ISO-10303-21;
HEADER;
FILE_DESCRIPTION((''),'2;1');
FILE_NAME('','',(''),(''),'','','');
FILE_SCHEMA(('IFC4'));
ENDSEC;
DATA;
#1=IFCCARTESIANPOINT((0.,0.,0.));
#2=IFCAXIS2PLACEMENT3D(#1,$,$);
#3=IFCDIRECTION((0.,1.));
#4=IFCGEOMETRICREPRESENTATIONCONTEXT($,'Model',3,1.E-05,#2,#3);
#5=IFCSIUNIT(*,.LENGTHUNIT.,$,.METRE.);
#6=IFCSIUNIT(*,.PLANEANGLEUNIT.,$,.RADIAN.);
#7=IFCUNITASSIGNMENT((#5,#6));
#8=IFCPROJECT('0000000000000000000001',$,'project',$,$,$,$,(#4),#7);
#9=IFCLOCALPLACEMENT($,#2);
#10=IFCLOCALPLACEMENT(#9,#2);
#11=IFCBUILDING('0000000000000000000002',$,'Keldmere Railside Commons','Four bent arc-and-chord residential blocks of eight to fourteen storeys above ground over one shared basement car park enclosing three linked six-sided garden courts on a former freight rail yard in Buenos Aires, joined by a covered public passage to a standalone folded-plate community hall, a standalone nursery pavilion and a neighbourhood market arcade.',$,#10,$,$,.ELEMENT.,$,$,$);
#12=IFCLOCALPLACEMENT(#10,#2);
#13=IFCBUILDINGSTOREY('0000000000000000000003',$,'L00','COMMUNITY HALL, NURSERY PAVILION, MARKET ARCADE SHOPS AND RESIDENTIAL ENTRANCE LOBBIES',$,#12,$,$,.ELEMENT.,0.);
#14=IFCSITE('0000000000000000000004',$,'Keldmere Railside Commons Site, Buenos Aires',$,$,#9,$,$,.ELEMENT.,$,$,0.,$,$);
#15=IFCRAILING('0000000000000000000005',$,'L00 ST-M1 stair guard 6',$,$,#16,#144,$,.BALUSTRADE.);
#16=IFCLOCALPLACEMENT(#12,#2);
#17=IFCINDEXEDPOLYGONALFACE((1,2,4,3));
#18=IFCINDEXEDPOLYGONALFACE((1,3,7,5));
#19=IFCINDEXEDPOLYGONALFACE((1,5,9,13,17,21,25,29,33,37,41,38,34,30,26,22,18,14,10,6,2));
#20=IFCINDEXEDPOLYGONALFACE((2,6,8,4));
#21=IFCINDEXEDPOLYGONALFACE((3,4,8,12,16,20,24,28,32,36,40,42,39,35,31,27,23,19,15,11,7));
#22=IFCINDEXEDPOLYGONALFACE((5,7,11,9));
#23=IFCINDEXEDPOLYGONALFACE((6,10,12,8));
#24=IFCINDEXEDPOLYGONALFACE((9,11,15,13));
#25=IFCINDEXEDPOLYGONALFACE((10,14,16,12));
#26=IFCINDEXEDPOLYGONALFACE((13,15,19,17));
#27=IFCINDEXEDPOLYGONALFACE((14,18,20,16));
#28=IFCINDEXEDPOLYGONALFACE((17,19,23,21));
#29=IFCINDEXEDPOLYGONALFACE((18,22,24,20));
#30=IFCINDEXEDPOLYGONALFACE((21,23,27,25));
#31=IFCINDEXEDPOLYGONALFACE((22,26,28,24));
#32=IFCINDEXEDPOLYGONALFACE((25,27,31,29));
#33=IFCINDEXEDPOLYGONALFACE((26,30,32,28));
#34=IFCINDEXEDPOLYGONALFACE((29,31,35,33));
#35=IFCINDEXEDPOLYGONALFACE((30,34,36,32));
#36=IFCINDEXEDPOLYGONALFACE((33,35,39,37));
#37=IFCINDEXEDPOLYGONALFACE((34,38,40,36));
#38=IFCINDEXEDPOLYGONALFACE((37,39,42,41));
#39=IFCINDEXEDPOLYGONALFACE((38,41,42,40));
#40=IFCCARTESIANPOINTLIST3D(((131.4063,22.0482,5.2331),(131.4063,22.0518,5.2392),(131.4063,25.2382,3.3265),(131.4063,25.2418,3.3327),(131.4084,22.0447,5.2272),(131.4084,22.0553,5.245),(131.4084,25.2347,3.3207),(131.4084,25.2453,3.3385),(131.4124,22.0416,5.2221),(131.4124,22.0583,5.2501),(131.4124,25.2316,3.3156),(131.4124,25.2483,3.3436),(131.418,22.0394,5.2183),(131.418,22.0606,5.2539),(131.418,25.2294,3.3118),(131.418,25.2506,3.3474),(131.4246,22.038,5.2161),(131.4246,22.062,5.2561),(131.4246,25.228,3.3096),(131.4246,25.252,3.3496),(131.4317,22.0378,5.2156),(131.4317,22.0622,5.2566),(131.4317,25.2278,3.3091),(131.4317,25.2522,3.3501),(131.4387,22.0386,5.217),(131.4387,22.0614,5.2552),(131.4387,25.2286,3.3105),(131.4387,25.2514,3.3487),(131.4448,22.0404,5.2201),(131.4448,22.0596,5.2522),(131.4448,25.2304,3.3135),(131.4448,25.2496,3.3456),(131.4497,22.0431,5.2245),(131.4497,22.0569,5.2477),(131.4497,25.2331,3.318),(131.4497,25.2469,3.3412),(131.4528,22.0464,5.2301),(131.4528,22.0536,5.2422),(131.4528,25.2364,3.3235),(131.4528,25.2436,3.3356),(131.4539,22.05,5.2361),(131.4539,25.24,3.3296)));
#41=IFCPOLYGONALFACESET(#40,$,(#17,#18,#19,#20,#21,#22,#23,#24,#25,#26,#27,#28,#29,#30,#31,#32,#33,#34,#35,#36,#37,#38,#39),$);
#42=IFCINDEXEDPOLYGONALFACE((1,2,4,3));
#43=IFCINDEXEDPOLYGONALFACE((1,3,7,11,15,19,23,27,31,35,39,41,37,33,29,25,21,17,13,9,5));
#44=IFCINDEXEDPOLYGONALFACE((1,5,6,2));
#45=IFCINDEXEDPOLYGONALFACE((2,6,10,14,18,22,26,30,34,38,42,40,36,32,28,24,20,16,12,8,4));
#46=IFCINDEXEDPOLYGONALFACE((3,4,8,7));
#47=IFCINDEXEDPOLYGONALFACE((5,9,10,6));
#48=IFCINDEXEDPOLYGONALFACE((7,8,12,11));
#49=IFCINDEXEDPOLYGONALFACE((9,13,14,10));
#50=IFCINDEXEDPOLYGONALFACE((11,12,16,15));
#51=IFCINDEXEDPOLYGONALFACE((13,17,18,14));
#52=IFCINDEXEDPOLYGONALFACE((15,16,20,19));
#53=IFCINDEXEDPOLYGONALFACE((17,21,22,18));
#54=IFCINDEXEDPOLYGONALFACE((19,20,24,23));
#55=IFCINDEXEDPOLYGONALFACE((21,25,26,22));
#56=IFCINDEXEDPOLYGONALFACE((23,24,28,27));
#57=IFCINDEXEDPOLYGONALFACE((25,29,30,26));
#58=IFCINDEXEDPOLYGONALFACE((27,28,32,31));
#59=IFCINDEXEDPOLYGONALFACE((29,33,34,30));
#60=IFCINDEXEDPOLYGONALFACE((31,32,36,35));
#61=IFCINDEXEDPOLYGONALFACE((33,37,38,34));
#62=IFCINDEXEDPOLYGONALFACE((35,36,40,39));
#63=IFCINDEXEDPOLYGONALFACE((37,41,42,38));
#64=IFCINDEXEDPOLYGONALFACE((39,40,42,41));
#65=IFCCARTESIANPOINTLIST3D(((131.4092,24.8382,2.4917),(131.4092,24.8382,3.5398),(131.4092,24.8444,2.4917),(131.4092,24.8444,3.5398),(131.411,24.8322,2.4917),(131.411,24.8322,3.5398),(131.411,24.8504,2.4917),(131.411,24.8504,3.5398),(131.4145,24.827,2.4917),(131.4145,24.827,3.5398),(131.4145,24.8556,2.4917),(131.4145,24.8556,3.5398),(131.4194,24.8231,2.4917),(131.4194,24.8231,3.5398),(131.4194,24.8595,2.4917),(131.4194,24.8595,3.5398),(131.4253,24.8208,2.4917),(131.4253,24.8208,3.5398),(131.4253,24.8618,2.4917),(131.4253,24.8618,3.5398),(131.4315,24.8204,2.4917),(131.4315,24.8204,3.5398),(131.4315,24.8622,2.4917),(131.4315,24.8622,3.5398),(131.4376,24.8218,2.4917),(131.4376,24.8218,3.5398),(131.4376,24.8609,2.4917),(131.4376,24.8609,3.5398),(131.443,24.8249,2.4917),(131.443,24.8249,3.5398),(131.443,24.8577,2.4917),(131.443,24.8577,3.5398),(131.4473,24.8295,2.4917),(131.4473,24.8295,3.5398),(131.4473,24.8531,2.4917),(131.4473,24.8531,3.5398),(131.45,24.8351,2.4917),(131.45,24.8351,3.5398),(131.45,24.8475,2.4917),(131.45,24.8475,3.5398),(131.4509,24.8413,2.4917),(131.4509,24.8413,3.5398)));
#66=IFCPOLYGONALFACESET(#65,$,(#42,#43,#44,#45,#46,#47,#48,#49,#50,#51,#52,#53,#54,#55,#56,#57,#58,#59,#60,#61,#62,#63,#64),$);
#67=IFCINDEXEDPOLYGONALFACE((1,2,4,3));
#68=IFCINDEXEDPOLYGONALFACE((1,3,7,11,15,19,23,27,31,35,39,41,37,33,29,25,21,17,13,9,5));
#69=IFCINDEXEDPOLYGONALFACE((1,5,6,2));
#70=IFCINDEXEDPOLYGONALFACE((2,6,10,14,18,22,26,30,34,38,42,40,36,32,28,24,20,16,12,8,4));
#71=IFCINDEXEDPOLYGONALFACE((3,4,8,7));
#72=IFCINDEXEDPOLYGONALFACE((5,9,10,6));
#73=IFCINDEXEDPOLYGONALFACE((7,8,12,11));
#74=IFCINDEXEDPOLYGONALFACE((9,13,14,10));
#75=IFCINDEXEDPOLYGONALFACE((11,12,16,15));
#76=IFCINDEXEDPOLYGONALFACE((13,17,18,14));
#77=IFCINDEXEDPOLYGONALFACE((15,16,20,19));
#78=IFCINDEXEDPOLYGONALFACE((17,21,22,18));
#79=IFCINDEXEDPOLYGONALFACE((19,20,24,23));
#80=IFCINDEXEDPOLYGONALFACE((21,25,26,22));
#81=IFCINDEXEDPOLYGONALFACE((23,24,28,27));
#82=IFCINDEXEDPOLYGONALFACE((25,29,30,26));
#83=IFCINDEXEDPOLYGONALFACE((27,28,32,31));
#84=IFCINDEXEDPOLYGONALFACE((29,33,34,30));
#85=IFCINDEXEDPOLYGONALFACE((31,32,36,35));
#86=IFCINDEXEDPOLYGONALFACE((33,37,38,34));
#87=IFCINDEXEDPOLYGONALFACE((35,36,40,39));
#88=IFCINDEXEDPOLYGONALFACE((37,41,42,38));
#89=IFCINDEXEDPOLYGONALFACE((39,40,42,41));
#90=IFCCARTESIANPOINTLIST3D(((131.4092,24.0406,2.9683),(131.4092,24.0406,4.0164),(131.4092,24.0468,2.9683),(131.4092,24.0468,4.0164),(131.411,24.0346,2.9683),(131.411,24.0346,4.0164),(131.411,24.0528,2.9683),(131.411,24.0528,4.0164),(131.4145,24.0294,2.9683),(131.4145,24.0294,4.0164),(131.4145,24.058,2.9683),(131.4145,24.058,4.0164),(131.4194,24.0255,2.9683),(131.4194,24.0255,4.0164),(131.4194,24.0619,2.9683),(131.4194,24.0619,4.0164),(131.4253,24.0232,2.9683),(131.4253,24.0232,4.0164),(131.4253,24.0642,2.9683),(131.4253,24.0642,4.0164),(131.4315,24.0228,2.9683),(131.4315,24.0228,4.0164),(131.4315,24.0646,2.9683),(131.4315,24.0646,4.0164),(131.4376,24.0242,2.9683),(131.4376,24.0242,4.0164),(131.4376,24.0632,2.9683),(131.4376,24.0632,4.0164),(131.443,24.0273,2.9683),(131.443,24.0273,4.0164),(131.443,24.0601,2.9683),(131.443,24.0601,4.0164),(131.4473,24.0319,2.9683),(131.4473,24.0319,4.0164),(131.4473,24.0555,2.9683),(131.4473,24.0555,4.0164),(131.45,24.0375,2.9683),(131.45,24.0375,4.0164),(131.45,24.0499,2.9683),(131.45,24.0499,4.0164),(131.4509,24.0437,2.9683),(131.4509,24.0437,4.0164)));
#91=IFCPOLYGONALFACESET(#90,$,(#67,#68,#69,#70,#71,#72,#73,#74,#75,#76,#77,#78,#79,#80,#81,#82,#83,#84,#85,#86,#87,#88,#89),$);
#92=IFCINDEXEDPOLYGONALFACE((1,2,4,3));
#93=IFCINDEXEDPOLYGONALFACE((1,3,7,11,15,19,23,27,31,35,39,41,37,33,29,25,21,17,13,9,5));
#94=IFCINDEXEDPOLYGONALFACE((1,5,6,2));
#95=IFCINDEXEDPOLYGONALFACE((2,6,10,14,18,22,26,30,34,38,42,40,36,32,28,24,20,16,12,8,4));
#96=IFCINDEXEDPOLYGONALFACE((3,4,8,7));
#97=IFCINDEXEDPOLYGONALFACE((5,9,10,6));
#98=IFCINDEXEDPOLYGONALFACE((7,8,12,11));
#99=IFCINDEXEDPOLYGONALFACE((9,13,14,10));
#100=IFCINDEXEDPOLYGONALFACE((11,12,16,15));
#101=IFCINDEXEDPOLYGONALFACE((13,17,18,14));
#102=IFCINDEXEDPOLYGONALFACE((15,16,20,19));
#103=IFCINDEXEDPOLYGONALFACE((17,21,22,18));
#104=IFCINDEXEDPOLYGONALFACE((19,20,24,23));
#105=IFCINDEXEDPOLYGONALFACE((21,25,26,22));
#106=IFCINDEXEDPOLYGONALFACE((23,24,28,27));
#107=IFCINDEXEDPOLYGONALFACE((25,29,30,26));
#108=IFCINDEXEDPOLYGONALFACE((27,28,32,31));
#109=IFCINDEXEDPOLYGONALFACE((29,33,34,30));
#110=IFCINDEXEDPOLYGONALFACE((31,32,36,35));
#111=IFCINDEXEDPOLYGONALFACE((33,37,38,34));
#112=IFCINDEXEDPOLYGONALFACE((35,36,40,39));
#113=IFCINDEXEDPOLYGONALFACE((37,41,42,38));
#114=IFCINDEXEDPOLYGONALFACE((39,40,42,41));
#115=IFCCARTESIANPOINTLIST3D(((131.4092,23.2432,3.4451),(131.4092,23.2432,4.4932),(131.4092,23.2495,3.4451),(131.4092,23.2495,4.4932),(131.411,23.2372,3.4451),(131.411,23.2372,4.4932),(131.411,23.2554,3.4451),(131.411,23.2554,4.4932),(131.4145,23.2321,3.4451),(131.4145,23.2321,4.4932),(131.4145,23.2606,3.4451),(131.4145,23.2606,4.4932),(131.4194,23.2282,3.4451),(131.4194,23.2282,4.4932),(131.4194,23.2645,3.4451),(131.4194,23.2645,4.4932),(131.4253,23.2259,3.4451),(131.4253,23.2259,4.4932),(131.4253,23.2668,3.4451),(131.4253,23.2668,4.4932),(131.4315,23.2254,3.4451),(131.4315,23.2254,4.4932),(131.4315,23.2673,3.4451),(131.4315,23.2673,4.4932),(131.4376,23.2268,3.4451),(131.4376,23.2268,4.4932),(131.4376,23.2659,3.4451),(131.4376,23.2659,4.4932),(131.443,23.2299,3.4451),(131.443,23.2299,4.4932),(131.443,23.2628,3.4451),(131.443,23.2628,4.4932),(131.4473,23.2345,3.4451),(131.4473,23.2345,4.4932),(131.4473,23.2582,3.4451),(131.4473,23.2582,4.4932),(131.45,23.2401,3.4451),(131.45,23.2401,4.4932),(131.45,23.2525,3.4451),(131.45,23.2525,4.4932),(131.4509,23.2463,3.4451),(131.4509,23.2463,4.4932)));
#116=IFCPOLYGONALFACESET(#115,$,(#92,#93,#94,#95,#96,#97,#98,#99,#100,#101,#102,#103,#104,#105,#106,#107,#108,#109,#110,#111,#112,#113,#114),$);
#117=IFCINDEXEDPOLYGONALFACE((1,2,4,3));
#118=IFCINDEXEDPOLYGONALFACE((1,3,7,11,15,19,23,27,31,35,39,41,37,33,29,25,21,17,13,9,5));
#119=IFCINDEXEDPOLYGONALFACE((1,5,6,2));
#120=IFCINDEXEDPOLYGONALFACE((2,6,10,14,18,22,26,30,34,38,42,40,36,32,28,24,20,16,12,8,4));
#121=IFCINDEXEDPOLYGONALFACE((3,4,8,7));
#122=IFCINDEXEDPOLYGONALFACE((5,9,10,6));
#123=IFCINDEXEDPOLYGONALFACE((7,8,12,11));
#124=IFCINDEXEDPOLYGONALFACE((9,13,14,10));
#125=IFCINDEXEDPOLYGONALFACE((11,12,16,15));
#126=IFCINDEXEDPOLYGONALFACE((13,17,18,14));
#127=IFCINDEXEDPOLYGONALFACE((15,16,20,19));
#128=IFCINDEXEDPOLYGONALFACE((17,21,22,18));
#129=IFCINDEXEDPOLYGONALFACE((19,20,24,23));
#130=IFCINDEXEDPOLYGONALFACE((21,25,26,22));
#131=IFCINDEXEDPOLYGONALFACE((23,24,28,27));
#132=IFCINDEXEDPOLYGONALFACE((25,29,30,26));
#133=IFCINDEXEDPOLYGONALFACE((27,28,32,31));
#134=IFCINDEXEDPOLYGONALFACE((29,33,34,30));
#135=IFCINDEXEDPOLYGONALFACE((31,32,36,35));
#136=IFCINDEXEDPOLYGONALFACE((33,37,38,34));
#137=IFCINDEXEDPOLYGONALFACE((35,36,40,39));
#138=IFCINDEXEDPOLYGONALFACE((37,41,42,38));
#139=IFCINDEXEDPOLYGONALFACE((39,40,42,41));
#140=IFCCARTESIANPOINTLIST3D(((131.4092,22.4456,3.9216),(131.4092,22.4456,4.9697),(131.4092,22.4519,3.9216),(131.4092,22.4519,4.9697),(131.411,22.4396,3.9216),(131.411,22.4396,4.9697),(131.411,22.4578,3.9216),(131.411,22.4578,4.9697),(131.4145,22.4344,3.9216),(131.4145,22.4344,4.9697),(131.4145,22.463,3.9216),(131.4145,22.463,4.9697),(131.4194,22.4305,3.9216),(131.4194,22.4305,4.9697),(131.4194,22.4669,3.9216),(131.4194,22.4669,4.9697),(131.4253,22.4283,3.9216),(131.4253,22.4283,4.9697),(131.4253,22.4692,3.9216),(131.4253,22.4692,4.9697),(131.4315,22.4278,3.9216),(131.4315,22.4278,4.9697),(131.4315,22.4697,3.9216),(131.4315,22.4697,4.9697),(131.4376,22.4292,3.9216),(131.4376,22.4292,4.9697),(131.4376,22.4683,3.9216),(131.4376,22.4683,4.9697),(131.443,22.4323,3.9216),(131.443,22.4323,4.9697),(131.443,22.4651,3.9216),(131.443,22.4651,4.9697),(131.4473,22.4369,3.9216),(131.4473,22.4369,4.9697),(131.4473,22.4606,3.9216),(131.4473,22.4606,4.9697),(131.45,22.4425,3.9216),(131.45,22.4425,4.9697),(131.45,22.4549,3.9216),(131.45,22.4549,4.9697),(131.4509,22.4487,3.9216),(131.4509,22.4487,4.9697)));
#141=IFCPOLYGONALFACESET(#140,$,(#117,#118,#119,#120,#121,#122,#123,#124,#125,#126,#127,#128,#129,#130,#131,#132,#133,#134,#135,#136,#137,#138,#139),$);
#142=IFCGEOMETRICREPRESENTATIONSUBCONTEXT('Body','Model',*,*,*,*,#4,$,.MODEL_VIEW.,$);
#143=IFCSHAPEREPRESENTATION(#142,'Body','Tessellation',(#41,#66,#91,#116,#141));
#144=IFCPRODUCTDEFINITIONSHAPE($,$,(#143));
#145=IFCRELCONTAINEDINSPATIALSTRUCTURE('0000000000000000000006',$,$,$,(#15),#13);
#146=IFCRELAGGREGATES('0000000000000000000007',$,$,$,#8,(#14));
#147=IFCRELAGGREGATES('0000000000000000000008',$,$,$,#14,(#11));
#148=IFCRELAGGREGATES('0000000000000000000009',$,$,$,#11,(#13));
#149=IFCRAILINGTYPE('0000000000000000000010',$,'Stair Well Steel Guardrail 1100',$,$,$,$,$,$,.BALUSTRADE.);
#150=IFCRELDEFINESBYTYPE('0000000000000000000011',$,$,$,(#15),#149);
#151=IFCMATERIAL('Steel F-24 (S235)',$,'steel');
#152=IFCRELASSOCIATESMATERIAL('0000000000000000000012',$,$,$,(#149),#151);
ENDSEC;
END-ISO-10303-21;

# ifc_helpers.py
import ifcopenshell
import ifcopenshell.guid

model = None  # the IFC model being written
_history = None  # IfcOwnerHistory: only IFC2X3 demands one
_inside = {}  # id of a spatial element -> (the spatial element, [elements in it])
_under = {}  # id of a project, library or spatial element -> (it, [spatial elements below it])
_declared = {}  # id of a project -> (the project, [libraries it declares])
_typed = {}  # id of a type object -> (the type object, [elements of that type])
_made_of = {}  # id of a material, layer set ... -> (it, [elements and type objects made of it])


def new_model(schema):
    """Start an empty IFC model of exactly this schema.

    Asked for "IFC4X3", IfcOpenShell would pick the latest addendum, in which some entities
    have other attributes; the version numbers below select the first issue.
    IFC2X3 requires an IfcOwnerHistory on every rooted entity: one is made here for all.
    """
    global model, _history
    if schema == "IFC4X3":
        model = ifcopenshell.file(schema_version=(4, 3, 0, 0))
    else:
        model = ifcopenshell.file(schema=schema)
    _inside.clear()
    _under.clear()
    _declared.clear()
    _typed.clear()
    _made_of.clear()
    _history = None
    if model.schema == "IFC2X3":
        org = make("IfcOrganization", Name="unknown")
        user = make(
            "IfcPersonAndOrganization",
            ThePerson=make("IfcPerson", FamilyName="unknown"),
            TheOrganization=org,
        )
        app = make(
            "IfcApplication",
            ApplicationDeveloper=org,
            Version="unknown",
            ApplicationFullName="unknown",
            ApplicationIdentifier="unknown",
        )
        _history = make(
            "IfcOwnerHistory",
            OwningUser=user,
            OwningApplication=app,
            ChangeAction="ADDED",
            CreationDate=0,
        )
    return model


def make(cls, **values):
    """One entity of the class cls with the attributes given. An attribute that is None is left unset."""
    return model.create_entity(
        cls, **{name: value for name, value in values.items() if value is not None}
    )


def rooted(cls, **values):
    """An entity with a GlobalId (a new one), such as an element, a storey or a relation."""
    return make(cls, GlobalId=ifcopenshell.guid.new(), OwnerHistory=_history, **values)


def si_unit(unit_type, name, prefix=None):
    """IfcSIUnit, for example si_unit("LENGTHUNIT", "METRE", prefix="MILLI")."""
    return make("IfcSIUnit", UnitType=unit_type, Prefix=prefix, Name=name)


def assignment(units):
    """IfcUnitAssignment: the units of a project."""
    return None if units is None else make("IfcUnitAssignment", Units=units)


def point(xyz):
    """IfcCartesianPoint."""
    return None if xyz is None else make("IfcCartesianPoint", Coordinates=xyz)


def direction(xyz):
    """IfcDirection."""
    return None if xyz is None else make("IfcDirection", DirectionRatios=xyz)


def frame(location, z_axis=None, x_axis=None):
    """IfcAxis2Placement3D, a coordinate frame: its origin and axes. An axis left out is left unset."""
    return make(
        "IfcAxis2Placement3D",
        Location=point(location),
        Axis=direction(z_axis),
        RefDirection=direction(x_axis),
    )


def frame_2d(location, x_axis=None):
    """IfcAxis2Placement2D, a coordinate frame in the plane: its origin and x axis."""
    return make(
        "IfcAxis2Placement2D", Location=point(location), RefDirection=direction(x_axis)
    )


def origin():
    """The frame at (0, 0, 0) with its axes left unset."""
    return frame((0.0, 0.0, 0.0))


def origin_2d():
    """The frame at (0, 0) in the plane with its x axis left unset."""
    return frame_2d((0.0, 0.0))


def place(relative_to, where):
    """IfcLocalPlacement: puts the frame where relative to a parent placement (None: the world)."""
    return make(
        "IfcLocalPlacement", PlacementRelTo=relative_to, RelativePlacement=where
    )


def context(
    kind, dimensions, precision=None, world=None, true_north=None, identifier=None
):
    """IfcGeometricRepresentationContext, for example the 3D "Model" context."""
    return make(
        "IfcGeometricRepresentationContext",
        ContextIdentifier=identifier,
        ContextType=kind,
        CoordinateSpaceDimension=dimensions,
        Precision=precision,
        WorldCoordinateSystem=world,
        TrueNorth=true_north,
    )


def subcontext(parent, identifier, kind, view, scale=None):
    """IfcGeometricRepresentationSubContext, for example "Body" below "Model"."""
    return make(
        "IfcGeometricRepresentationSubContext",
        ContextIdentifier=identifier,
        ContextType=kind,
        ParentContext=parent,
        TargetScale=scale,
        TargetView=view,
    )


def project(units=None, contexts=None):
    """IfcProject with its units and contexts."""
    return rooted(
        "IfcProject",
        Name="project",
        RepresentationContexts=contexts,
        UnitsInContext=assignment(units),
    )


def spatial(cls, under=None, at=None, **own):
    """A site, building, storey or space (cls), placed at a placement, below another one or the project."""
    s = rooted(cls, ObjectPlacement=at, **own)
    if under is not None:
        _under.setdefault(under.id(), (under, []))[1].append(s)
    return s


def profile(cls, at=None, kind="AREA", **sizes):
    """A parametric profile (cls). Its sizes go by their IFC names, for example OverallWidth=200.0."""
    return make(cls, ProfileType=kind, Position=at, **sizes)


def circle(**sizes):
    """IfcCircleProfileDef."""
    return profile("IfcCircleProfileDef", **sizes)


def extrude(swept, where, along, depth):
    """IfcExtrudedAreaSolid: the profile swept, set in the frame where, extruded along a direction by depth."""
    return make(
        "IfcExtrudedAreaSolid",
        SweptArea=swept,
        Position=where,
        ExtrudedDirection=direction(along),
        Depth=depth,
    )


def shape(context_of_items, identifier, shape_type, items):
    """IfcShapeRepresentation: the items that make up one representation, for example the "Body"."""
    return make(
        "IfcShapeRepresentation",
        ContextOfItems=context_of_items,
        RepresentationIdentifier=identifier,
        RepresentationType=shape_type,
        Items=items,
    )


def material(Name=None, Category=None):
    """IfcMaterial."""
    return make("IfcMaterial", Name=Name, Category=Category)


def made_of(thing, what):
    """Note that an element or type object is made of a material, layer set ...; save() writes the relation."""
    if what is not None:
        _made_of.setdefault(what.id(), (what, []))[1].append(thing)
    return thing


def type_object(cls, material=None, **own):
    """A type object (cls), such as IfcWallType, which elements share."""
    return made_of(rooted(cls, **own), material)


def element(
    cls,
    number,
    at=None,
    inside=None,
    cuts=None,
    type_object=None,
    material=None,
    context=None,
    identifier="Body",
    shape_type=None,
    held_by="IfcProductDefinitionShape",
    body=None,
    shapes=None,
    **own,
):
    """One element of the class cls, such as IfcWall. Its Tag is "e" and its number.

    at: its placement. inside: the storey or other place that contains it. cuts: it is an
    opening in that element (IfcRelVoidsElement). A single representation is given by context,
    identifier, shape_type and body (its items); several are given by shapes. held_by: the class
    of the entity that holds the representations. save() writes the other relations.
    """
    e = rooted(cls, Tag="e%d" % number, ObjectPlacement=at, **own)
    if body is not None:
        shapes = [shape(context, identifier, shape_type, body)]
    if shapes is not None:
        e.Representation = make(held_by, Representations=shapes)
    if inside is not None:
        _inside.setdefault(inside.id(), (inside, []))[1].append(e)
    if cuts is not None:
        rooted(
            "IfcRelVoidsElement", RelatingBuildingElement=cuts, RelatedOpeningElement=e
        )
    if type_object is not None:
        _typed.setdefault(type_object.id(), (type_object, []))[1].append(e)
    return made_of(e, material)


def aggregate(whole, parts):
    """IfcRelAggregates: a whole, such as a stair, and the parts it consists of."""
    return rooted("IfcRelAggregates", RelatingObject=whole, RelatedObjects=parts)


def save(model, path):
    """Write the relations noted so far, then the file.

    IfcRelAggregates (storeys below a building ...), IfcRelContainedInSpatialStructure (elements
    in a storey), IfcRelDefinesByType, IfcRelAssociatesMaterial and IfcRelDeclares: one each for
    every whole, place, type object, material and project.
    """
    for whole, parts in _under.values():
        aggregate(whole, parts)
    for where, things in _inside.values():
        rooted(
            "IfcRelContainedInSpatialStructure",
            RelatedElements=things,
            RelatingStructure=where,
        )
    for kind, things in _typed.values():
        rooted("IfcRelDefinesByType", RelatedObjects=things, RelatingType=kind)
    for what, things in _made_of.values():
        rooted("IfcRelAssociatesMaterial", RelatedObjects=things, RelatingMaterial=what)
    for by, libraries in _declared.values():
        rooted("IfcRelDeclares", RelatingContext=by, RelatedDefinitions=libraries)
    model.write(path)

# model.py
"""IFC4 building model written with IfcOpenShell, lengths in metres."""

from ifc_helpers import new_model, si_unit, direction, frame, origin, origin_2d, place, context, subcontext, project, spatial, circle, extrude, material, type_object, element, save


model = new_model("IFC4")

# Units and contexts
model_context = context("Model", 3, precision=1e-05, world=origin(), true_north=direction((0.0, 1.0)))
body_context = subcontext(model_context, "Body", "Model", "MODEL_VIEW")
ifc_project = project(units=[si_unit("LENGTHUNIT", "METRE"), si_unit("PLANEANGLEUNIT", "RADIAN")], contexts=[model_context])

# Site, building, storey
site_placement = place(None, origin())
site = spatial("IfcSite", under=ifc_project, at=site_placement, Name="Keldmere Railside Commons Site, Buenos Aires", CompositionType="ELEMENT", RefElevation=0.0)
building_placement = place(site_placement, origin())
building = spatial("IfcBuilding", under=site, at=building_placement, Name="Keldmere Railside Commons", Description="Four bent arc-and-chord residential blocks of eight to fourteen storeys above ground over one shared basement car park enclosing three linked six-sided garden courts on a former freight rail yard in Buenos Aires, joined by a covered public passage to a standalone folded-plate community hall, a standalone nursery pavilion and a neighbourhood market arcade.", CompositionType="ELEMENT")
storey_placement = place(building_placement, origin())
storey = spatial("IfcBuildingStorey", under=building, at=storey_placement, Name="L00", Description="COMMUNITY HALL, NURSERY PAVILION, MARKET ARCADE SHOPS AND RESIDENTIAL ENTRANCE LOBBIES", CompositionType="ELEMENT", Elevation=0.0)

# Shared definitions
ifc_material_1 = material(Name="Steel F-24 (S235)", Category="steel")

# Railing
railing_type_1 = type_object("IfcRailingType", Name="Stair Well Steel Guardrail 1100", PredefinedType="BALUSTRADE", material=ifc_material_1)
railing_1_placement = place(storey_placement, frame((131.4299, 25.24, 2.2534)))
element("IfcRailing", 1, at=railing_1_placement, inside=storey, type_object=railing_type_1, Name="L00 ST-M1 stair guard 6", PredefinedType="BALUSTRADE", context=body_context, shape_type="SweptSolid", body=[
    extrude(circle(Radius=0.0239, at=origin_2d()), frame((0.0, 0.0, 1.0762), z_axis=(0.0, -0.858379, 0.513017), x_axis=(1.0, 0.0, 0.0)), (0.0, 0.0, 1.0), 3.7163),
    extrude(circle(Radius=0.021, at=origin_2d()), frame((0.0, -0.3987, 0.2383)), (0.0, 0.0, 1.0), 1.0481),
    extrude(circle(Radius=0.021, at=origin_2d()), frame((0.0, -1.1963, 0.7148)), (0.0, 0.0, 1.0), 1.0481),
    extrude(circle(Radius=0.021, at=origin_2d()), frame((0.0, -1.9937, 1.1917)), (0.0, 0.0, 1.0), 1.0481),
    extrude(circle(Radius=0.021, at=origin_2d()), frame((0.0, -2.7913, 1.6682)), (0.0, 0.0, 1.0), 1.0481),
])

save(model, "model.ifc")
